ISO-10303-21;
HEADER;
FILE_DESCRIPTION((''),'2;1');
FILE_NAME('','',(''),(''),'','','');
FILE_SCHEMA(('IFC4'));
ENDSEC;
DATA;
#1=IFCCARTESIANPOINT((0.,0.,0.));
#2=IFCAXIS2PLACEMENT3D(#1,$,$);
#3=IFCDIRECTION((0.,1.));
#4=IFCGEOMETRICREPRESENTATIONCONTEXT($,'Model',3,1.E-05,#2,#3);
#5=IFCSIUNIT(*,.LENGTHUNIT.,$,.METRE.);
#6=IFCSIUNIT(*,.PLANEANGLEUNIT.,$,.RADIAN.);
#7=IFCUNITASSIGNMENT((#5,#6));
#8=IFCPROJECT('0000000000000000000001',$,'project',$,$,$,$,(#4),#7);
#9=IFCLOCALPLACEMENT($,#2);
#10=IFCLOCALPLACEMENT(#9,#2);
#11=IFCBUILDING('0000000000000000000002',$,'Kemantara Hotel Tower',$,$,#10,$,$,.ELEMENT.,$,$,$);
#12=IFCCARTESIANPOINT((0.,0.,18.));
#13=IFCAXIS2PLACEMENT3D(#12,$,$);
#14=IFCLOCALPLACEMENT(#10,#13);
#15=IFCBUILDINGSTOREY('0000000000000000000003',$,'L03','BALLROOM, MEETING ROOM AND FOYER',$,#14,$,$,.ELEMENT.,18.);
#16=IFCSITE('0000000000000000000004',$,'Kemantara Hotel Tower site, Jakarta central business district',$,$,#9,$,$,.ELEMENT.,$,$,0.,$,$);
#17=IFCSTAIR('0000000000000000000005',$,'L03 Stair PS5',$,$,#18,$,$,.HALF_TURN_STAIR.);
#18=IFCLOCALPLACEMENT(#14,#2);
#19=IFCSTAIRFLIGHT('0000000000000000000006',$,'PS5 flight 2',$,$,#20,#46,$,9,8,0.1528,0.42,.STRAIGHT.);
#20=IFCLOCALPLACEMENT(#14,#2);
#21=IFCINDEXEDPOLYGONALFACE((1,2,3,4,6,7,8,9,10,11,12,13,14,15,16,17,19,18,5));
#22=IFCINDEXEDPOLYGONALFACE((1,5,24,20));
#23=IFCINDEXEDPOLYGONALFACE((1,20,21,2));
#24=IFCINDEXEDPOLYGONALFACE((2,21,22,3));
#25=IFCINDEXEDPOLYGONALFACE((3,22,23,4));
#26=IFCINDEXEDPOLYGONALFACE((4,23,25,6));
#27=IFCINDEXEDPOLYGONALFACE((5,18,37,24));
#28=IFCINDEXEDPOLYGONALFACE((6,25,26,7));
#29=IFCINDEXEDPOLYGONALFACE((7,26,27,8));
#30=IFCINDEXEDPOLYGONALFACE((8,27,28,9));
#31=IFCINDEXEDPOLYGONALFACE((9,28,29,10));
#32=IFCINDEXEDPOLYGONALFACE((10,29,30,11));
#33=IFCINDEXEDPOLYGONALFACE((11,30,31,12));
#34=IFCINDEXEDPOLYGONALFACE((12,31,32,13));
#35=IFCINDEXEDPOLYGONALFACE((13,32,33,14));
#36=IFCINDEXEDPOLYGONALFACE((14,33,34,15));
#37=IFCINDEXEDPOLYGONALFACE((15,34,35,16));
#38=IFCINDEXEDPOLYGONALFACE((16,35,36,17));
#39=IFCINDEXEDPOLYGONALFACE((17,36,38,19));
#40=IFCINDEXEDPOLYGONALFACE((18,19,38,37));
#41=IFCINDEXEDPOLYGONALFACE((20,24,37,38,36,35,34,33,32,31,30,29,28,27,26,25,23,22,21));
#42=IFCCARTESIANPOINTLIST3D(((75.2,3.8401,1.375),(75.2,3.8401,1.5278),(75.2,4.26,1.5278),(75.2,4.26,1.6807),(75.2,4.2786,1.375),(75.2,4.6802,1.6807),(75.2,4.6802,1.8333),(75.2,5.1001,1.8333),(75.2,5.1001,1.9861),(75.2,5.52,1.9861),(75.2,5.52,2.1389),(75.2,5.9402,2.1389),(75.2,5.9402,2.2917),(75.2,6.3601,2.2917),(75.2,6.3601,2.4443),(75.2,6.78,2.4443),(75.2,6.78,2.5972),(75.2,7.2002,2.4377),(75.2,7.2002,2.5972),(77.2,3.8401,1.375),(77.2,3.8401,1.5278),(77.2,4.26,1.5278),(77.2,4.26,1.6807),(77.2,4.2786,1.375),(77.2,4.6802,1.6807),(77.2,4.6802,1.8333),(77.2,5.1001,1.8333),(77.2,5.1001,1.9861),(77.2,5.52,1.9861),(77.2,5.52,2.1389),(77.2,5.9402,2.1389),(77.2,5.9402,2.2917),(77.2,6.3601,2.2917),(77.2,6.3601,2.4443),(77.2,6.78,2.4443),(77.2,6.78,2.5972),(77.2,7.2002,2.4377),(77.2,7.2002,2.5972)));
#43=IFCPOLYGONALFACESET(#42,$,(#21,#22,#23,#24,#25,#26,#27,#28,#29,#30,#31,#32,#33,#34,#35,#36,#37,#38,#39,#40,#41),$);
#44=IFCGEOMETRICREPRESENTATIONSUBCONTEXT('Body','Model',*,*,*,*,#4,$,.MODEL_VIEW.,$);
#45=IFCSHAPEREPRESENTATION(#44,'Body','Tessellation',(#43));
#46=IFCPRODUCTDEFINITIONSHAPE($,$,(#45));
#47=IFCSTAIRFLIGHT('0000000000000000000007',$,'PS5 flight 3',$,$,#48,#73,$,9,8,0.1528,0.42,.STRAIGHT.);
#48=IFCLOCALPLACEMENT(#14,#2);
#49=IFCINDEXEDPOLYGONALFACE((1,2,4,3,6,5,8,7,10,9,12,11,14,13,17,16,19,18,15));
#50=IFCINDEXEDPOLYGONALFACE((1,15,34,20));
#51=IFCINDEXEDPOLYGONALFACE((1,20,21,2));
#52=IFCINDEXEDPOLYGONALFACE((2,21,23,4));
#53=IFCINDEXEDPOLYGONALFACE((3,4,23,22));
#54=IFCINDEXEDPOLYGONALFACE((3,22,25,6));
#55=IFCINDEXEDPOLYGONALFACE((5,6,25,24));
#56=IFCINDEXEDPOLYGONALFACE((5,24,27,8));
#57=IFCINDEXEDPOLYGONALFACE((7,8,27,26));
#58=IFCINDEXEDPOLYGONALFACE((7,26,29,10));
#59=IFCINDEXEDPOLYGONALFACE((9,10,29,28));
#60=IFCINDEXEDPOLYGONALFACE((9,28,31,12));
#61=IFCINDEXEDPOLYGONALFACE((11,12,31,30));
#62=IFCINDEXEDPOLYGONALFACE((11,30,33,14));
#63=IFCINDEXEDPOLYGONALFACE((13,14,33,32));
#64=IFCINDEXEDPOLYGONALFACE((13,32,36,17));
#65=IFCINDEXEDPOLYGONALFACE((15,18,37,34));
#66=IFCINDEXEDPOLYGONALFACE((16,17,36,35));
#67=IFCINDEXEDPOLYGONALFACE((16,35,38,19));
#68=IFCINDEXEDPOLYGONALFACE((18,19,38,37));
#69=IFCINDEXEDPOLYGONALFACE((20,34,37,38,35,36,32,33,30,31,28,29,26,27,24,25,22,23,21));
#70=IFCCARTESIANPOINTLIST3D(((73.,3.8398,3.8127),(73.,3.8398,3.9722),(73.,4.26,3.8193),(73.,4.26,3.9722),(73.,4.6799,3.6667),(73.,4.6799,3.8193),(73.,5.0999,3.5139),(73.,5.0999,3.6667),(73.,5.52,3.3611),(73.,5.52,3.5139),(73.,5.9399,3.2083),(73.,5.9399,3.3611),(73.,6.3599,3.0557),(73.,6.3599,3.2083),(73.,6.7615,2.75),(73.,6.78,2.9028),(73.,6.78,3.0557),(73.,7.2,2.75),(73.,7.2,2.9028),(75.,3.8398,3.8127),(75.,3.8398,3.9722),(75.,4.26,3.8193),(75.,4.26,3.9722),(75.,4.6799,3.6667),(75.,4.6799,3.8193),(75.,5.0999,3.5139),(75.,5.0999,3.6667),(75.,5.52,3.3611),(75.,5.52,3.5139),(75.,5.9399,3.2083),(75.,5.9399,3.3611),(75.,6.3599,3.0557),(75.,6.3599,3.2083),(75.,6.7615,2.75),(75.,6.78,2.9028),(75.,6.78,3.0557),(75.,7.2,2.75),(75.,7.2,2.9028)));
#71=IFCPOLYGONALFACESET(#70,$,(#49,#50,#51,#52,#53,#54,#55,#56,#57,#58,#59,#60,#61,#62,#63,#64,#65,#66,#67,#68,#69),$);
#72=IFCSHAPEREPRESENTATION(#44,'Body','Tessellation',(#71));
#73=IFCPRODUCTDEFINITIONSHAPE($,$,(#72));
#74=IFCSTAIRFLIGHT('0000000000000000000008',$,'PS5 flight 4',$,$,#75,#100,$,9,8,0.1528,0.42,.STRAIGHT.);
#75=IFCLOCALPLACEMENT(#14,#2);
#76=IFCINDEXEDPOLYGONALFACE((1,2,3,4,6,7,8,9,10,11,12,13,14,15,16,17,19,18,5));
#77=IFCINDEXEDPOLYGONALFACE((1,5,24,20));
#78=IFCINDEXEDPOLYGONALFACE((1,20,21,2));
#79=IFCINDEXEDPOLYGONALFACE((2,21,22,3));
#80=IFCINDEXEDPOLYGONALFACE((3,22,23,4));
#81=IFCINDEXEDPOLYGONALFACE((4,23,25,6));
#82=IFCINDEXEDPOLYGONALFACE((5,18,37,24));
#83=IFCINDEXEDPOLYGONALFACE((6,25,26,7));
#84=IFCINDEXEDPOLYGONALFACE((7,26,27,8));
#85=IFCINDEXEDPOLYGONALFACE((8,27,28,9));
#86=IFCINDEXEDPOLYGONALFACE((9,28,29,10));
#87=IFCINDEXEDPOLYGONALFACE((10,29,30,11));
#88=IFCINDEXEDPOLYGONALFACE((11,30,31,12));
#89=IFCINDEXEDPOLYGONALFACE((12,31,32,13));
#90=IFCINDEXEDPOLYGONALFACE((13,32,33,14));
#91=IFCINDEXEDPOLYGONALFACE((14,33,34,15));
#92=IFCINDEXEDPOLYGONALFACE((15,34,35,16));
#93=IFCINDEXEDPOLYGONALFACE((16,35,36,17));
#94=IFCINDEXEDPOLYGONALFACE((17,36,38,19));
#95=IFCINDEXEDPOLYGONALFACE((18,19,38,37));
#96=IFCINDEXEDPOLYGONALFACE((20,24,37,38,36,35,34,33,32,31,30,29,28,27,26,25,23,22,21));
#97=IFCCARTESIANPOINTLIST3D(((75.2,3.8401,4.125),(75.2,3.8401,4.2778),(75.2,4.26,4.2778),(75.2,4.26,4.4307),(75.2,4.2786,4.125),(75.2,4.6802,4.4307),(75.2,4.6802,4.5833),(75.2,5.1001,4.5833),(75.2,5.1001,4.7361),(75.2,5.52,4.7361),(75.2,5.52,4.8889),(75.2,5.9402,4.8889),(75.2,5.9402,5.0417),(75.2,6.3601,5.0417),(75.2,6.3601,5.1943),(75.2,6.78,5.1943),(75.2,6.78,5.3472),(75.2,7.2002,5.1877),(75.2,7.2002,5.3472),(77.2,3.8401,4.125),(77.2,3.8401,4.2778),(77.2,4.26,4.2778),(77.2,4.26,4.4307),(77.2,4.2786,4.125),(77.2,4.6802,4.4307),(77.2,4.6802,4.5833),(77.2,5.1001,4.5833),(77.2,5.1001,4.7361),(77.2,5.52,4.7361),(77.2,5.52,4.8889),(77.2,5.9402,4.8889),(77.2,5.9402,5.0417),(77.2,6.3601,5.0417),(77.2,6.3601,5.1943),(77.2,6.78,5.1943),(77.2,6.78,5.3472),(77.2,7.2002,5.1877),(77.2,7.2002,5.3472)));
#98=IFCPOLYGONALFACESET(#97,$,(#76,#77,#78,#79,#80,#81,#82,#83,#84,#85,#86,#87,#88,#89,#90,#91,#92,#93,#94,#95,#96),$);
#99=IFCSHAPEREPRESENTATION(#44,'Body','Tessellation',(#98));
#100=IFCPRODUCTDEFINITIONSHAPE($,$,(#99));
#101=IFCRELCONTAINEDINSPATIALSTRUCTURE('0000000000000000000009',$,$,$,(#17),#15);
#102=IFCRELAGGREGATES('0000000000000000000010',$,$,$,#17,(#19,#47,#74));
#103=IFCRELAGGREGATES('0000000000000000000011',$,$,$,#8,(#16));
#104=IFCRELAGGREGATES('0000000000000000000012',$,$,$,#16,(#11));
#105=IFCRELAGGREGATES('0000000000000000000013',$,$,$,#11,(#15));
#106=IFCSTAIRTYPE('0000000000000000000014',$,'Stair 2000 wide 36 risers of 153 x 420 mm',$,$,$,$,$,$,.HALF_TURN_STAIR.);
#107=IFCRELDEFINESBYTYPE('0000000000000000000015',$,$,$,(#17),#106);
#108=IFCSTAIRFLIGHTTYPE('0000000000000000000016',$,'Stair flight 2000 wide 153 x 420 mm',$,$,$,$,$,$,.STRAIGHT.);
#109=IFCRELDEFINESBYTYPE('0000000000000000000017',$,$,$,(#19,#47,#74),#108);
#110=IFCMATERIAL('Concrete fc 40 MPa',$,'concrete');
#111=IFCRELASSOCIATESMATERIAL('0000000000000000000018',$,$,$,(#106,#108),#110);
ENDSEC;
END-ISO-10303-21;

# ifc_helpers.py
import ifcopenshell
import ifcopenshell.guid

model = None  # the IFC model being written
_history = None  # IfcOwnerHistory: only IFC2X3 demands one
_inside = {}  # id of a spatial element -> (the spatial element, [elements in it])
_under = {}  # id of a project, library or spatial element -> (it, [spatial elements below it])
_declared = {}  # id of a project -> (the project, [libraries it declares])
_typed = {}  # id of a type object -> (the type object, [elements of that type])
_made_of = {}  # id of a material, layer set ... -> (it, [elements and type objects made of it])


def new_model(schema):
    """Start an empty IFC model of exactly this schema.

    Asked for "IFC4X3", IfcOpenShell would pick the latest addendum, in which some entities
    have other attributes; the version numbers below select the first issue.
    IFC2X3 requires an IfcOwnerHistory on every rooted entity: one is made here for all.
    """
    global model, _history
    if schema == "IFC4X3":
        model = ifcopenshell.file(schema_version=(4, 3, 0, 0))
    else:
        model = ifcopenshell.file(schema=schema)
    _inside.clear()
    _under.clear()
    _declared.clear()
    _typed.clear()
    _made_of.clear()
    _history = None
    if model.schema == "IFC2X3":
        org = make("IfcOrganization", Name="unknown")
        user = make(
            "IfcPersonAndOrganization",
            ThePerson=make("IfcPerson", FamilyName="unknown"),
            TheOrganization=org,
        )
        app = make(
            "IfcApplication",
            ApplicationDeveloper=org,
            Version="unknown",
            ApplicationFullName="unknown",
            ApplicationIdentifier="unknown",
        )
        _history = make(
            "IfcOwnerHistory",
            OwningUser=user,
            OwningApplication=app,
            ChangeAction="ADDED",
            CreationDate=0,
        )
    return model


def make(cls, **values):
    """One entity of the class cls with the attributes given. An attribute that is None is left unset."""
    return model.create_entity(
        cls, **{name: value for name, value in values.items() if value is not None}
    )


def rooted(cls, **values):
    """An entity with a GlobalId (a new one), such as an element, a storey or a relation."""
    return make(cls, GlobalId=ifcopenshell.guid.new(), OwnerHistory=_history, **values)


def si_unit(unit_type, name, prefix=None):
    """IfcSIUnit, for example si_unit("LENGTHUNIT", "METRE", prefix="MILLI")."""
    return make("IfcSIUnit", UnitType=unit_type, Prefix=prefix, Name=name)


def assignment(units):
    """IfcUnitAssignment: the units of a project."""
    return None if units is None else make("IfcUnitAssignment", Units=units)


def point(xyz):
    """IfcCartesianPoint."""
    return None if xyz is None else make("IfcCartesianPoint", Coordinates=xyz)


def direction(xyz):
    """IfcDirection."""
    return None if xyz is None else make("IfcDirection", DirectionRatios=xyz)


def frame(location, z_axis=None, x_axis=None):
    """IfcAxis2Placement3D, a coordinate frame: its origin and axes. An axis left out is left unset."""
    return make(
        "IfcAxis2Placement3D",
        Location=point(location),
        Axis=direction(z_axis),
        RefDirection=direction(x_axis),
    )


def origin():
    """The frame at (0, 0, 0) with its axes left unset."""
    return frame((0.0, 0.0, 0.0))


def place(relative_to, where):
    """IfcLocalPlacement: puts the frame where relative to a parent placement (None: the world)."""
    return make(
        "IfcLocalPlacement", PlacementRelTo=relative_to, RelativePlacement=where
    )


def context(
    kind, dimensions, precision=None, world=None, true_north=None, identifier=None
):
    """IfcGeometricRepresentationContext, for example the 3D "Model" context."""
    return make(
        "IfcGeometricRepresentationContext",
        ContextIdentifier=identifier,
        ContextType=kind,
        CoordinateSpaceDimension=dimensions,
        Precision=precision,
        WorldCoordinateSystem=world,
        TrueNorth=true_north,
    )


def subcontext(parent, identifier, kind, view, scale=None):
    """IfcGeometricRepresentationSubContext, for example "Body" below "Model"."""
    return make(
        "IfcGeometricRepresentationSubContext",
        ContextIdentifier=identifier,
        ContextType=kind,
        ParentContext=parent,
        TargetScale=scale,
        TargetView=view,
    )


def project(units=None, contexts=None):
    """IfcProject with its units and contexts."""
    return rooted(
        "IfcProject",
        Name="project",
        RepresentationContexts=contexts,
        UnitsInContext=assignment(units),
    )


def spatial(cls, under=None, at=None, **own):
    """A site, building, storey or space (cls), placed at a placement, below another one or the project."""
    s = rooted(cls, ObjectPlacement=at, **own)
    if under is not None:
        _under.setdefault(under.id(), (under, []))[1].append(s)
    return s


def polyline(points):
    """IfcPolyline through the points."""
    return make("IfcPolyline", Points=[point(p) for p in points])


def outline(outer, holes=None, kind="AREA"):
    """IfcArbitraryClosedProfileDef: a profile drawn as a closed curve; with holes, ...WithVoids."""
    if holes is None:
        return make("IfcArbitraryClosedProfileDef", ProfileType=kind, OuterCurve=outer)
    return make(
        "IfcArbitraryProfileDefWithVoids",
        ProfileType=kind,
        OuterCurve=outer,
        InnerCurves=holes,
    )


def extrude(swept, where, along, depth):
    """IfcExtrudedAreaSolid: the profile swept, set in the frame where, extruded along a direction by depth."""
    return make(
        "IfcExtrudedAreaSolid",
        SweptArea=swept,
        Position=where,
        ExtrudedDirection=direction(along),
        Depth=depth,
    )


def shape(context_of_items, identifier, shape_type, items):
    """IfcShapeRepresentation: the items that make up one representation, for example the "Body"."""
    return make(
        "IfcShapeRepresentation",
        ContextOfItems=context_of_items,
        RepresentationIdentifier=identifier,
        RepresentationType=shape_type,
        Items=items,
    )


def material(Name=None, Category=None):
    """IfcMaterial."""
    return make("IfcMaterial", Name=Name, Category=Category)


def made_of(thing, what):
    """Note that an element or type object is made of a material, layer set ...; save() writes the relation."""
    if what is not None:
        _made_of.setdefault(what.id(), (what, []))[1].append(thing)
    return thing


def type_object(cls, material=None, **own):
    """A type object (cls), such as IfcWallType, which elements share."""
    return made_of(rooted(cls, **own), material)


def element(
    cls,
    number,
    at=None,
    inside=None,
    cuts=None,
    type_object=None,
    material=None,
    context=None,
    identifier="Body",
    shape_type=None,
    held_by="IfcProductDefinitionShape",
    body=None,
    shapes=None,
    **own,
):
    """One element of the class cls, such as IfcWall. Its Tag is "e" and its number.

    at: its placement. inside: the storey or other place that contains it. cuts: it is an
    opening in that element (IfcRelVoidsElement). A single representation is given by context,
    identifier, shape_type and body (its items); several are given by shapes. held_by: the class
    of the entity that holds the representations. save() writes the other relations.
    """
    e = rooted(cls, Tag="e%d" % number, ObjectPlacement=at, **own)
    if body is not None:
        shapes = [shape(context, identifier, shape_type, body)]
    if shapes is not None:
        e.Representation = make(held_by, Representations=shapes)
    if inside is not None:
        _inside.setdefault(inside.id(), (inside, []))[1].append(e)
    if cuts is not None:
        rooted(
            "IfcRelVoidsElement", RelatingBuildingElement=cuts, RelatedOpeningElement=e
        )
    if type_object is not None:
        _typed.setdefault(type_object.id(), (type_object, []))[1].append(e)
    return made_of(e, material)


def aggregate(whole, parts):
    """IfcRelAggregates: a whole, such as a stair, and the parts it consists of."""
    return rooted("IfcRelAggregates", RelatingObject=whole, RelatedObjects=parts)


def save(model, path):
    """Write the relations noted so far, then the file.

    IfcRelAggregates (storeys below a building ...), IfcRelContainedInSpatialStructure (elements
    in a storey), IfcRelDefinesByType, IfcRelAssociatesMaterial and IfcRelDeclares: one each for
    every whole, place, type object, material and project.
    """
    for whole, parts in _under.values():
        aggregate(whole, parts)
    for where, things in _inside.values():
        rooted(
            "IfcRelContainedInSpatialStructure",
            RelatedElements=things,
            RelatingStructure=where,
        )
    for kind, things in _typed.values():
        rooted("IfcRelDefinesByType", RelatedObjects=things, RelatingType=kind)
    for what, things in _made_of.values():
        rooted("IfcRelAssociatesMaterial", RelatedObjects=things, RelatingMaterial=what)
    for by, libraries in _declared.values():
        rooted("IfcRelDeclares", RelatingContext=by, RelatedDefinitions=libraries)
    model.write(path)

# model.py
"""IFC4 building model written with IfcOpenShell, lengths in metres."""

from ifc_helpers import new_model, si_unit, direction, frame, origin, place, context, subcontext, project, spatial, polyline, outline, extrude, material, type_object, element, aggregate, save


model = new_model("IFC4")

# Units and contexts
model_context = context("Model", 3, precision=1e-05, world=origin(), true_north=direction((0.0, 1.0)))
body_context = subcontext(model_context, "Body", "Model", "MODEL_VIEW")
ifc_project = project(units=[si_unit("LENGTHUNIT", "METRE"), si_unit("PLANEANGLEUNIT", "RADIAN")], contexts=[model_context])

# Site, building, storey
site_placement = place(None, origin())
site = spatial("IfcSite", under=ifc_project, at=site_placement, Name="Kemantara Hotel Tower site, Jakarta central business district", CompositionType="ELEMENT", RefElevation=0.0)
building_placement = place(site_placement, origin())
building = spatial("IfcBuilding", under=site, at=building_placement, Name="Kemantara Hotel Tower", CompositionType="ELEMENT")
storey_placement = place(building_placement, frame((0.0, 0.0, 18.0)))
storey = spatial("IfcBuildingStorey", under=building, at=storey_placement, Name="L03", Description="BALLROOM, MEETING ROOM AND FOYER", CompositionType="ELEMENT", Elevation=18.0)

# Shared definitions
ifc_material_1 = material(Name="Concrete fc 40 MPa", Category="concrete")

# Stair, stair flights
stair_type_1 = type_object("IfcStairType", Name="Stair 2000 wide 36 risers of 153 x 420 mm", PredefinedType="HALF_TURN_STAIR", material=ifc_material_1)
stair_1_placement = place(storey_placement, origin())
stair_1 = element("IfcStair", 1, at=stair_1_placement, inside=storey, type_object=stair_type_1, Name="L03 Stair PS5", PredefinedType="HALF_TURN_STAIR")
stair_flight_type_1 = type_object("IfcStairFlightType", Name="Stair flight 2000 wide 153 x 420 mm", PredefinedType="STRAIGHT", material=ifc_material_1)
stair_flight_1_placement = place(storey_placement, frame((76.2, 3.8401, 1.375), z_axis=(0.0, 0.0, 1.0), x_axis=(0.0, 1.0, 0.0)))
stair_flight_1 = element("IfcStairFlight", 2, at=stair_flight_1_placement, type_object=stair_flight_type_1, Name="PS5 flight 2", NumberOfRisers=9, NumberOfTreads=8, PredefinedType="STRAIGHT", RiserHeight=0.1528, TreadLength=0.42, context=body_context, shape_type="SweptSolid", body=[
    extrude(outline(polyline([(0.0, 0.0), (0.0, 0.1528), (0.4199, 0.1528), (0.4199, 0.3057), (0.8401, 0.3057), (0.8401, 0.4583), (1.26, 0.4583), (1.26, 0.6111), (1.6799, 0.6111), (1.6799, 0.7639), (2.1001, 0.7639), (2.1001, 0.9167), (2.52, 0.9167), (2.52, 1.0693), (2.9399, 1.0693), (2.9399, 1.2222), (3.3601, 1.2222), (3.3601, 1.375), (3.3601, 1.0627), (0.4385, 0.0), (0.0, 0.0)])), frame((0.0, 1.0, 0.0), z_axis=(0.0, -1.0, 0.0), x_axis=(1.0, 0.0, 0.0)), (0.0, 0.0, 1.0), 2.0),
])
stair_flight_2_placement = place(storey_placement, frame((74.0, 7.2, 2.75), z_axis=(0.0, 0.0, 1.0), x_axis=(0.0, -1.0, 0.0)))
stair_flight_2 = element("IfcStairFlight", 3, at=stair_flight_2_placement, type_object=stair_flight_type_1, Name="PS5 flight 3", NumberOfRisers=9, NumberOfTreads=8, PredefinedType="STRAIGHT", RiserHeight=0.1528, TreadLength=0.42, context=body_context, shape_type="SweptSolid", body=[
    extrude(outline(polyline([(0.0, 0.0), (0.0, 0.1528), (0.4199, 0.1528), (0.4199, 0.3057), (0.8401, 0.3057), (0.8401, 0.4583), (1.26, 0.4583), (1.26, 0.6111), (1.6799, 0.6111), (1.6799, 0.7639), (2.1001, 0.7639), (2.1001, 0.9167), (2.52, 0.9167), (2.52, 1.0693), (2.9399, 1.0693), (2.9399, 1.2222), (3.3601, 1.2222), (3.3601, 1.375), (3.3601, 1.0627), (0.4385, 0.0), (0.0, 0.0)])), frame((0.0, 1.0, 0.0), z_axis=(0.0, -1.0, 0.0), x_axis=(1.0, 0.0, 0.0)), (0.0, 0.0, 1.0), 2.0),
])
stair_flight_3_placement = place(storey_placement, frame((76.2, 3.8401, 4.125), z_axis=(0.0, 0.0, 1.0), x_axis=(0.0, 1.0, 0.0)))
stair_flight_3 = element("IfcStairFlight", 4, at=stair_flight_3_placement, type_object=stair_flight_type_1, Name="PS5 flight 4", NumberOfRisers=9, NumberOfTreads=8, PredefinedType="STRAIGHT", RiserHeight=0.1528, TreadLength=0.42, context=body_context, shape_type="SweptSolid", body=[
    extrude(outline(polyline([(0.0, 0.0), (0.0, 0.1528), (0.4199, 0.1528), (0.4199, 0.3057), (0.8401, 0.3057), (0.8401, 0.4583), (1.26, 0.4583), (1.26, 0.6111), (1.6799, 0.6111), (1.6799, 0.7639), (2.1001, 0.7639), (2.1001, 0.9167), (2.52, 0.9167), (2.52, 1.0693), (2.9399, 1.0693), (2.9399, 1.2222), (3.3601, 1.2222), (3.3601, 1.375), (3.3601, 1.0627), (0.4385, 0.0), (0.0, 0.0)])), frame((0.0, 1.0, 0.0), z_axis=(0.0, -1.0, 0.0), x_axis=(1.0, 0.0, 0.0)), (0.0, 0.0, 1.0), 2.0),
])
aggregate(stair_1, [stair_flight_1, stair_flight_2, stair_flight_3])

save(model, "model.ifc")
